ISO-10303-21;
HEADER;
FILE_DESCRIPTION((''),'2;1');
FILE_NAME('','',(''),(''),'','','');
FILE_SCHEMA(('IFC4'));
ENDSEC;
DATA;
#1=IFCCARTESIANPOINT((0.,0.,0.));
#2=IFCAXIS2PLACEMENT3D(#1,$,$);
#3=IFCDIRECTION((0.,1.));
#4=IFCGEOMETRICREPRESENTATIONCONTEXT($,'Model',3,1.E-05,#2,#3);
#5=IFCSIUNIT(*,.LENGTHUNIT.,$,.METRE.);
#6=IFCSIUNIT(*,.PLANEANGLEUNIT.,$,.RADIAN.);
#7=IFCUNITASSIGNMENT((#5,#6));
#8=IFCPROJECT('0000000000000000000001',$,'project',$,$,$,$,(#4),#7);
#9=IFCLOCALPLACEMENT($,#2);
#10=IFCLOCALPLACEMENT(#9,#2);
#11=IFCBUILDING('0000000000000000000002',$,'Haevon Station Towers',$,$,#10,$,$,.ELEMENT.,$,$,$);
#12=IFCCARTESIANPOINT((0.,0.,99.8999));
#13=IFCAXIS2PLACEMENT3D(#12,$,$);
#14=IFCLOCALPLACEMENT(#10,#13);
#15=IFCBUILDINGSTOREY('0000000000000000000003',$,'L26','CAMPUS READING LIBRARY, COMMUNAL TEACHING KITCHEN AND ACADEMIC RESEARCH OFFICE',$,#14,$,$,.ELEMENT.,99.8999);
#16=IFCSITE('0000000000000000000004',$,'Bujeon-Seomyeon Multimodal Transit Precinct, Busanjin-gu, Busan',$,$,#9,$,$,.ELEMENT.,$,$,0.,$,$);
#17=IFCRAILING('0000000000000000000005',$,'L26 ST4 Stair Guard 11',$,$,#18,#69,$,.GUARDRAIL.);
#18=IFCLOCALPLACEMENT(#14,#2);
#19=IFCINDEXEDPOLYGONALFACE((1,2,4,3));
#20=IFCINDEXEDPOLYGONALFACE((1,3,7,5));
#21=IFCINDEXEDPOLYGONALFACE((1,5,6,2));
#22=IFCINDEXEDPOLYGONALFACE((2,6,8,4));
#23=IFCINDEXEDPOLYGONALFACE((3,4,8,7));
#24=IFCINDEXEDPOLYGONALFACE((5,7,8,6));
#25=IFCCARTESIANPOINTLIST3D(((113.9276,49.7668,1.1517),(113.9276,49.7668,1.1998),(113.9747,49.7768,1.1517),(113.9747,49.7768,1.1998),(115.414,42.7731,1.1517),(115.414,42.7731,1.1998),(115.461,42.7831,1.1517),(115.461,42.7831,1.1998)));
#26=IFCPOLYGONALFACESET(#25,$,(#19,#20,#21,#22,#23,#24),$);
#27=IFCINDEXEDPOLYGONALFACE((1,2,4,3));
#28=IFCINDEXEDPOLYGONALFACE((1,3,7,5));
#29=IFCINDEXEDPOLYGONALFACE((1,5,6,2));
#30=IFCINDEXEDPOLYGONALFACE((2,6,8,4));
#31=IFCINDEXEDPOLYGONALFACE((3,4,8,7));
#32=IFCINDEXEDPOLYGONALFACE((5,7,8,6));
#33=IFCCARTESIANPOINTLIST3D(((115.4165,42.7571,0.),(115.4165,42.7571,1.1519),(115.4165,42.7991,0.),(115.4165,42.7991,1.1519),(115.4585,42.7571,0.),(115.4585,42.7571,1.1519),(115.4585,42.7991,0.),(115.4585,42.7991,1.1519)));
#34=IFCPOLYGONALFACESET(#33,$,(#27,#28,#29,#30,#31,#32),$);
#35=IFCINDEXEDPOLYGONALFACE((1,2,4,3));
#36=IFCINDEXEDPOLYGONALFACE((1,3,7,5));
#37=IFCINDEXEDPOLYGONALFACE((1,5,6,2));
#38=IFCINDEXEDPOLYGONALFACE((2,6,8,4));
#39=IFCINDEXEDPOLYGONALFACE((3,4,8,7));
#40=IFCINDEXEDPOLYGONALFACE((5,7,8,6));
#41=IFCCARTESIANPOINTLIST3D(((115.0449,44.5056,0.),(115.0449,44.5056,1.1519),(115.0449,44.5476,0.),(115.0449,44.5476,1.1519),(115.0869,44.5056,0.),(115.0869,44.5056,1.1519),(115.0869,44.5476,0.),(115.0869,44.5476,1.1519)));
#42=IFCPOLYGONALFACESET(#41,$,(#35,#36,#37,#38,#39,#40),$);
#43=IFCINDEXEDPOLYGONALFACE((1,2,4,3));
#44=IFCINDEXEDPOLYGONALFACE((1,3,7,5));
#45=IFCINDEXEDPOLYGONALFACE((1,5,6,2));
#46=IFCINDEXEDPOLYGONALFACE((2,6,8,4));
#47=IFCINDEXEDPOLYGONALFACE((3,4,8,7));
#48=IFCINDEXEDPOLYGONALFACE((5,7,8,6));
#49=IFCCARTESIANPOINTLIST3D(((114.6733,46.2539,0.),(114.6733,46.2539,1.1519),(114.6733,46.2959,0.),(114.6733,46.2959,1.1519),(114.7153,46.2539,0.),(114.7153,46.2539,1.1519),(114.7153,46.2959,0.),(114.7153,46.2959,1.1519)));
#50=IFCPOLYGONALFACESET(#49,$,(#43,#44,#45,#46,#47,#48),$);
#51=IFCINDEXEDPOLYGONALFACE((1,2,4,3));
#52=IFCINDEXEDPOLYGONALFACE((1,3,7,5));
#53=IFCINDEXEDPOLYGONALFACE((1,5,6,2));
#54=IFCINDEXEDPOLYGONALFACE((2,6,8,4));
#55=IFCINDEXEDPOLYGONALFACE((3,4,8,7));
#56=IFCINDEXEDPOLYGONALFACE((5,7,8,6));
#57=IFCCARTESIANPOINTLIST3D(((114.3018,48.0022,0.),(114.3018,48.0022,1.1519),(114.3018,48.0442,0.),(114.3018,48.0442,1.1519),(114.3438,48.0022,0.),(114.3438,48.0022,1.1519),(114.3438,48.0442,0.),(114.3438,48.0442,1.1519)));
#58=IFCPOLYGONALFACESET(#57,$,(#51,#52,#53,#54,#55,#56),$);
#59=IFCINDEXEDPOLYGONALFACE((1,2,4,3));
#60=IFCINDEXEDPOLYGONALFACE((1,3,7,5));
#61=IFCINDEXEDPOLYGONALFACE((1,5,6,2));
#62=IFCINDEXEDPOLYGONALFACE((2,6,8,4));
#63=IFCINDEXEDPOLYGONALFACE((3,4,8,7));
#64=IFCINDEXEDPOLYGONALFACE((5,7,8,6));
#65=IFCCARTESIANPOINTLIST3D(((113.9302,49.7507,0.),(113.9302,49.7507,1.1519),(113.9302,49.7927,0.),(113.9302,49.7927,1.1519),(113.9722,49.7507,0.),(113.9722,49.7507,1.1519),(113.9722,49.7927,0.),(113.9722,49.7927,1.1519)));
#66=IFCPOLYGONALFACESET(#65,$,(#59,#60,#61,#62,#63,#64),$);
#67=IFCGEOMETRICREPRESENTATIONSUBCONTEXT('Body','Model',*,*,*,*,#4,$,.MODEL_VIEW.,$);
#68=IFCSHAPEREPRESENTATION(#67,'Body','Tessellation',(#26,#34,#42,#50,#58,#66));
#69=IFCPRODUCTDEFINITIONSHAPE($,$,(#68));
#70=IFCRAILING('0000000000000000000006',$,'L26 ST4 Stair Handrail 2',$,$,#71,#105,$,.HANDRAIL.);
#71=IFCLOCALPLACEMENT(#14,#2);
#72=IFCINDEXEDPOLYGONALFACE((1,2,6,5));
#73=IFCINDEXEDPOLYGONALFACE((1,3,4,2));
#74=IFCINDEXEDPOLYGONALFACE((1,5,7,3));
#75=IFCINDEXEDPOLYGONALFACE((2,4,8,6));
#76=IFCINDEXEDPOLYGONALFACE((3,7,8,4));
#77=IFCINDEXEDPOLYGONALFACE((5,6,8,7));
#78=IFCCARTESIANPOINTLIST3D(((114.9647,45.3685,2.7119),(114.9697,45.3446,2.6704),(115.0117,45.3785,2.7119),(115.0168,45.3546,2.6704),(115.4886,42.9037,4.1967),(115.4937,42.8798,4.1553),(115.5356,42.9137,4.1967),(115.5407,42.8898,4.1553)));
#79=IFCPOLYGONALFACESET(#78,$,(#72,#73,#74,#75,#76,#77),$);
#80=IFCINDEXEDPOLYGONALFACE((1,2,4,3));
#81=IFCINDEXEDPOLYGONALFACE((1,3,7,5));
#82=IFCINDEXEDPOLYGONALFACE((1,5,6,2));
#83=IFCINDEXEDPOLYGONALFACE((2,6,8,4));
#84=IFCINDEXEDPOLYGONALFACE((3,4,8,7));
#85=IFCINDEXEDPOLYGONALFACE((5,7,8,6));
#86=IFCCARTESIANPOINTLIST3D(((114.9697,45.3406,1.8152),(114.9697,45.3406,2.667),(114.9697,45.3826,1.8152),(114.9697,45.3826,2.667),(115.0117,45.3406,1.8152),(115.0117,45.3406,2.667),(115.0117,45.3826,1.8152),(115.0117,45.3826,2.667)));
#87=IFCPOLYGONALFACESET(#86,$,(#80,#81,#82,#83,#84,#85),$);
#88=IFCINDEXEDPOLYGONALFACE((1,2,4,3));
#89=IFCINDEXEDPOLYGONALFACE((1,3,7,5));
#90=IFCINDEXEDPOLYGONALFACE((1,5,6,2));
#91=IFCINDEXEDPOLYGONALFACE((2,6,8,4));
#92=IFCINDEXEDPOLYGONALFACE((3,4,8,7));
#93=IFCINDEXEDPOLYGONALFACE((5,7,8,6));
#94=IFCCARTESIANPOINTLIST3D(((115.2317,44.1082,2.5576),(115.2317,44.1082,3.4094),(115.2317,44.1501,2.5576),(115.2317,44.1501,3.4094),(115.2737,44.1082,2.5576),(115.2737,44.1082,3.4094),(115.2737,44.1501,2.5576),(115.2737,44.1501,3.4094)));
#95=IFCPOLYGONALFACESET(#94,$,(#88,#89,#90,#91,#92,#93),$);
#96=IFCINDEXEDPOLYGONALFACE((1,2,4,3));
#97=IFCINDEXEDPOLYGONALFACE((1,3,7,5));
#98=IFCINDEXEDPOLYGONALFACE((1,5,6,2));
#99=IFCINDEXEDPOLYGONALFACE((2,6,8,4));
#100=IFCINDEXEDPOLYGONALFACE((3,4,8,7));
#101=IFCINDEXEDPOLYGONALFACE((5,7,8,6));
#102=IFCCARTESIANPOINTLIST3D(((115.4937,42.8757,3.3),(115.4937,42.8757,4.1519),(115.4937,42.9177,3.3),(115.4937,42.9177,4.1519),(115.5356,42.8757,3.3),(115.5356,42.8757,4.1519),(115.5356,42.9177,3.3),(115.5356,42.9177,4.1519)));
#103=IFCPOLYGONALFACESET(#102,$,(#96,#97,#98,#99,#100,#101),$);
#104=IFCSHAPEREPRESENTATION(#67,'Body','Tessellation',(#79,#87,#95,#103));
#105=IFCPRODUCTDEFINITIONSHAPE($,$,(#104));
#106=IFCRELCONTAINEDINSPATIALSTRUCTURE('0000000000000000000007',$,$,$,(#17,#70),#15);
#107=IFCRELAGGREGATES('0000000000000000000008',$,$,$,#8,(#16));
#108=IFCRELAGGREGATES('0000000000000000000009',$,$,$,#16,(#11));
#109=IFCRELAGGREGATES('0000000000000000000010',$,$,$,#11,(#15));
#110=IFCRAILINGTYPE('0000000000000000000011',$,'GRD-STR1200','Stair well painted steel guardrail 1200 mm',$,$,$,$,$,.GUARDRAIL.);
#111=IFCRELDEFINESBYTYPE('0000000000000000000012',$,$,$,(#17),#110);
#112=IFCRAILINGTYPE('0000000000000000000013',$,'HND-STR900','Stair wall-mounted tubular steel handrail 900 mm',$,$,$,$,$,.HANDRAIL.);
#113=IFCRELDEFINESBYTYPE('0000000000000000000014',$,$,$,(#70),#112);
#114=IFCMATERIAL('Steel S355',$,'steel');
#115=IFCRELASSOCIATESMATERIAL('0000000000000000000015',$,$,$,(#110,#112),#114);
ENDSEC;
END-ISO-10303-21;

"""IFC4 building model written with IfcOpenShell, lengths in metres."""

from ifc_helpers import new_model, si_unit, direction, frame, origin, origin_2d, place, context, subcontext, project, spatial, rectangle, extrude, material, type_object, element, save


model = new_model("IFC4")

# Units and contexts
model_context = context("Model", 3, precision=1e-05, world=origin(), true_north=direction((0.0, 1.0)))
body_context = subcontext(model_context, "Body", "Model", "MODEL_VIEW")
ifc_project = project(units=[si_unit("LENGTHUNIT", "METRE"), si_unit("PLANEANGLEUNIT", "RADIAN")], contexts=[model_context])

# Site, building, storey
site_placement = place(None, origin())
site = spatial("IfcSite", under=ifc_project, at=site_placement, Name="Bujeon-Seomyeon Multimodal Transit Precinct, Busanjin-gu, Busan", CompositionType="ELEMENT", RefElevation=0.0)
building_placement = place(site_placement, origin())
building = spatial("IfcBuilding", under=site, at=building_placement, Name="Haevon Station Towers", CompositionType="ELEMENT")
storey_placement = place(building_placement, frame((0.0, 0.0, 99.8999)))
storey = spatial("IfcBuildingStorey", under=building, at=storey_placement, Name="L26", Description="CAMPUS READING LIBRARY, COMMUNAL TEACHING KITCHEN AND ACADEMIC RESEARCH OFFICE", CompositionType="ELEMENT", Elevation=99.8999)

# Railings
ifc_material_1 = material(Name="Steel S355", Category="steel")
railing_type_1 = type_object("IfcRailingType", Name="GRD-STR1200", Description="Stair well painted steel guardrail 1200 mm", PredefinedType="GUARDRAIL", material=ifc_material_1)
railing_1_placement = place(storey_placement, frame((115.4375, 42.7781, 0.0)))
element("IfcRailing", 1, at=railing_1_placement, inside=storey, type_object=railing_type_1, Name="L26 ST4 Stair Guard 11", PredefinedType="GUARDRAIL", context=body_context, shape_type="SweptSolid", body=[
    extrude(rectangle(XDim=0.0481, YDim=0.0481, at=origin_2d()), frame((0.0, 0.0, 1.1758), z_axis=(-0.207882, 0.978154, 0.0), x_axis=(-0.978154, -0.207882, 0.0)), (0.0, 0.0, 1.0), 7.1499),
    extrude(rectangle(XDim=0.042, YDim=0.042, at=origin_2d()), origin(), (0.0, 0.0, 1.0), 1.1519),
    extrude(rectangle(XDim=0.042, YDim=0.042, at=origin_2d()), frame((-0.3716, 1.7485, 0.0)), (0.0, 0.0, 1.0), 1.1519),
    extrude(rectangle(XDim=0.042, YDim=0.042, at=origin_2d()), frame((-0.7432, 3.4968, 0.0)), (0.0, 0.0, 1.0), 1.1519),
    extrude(rectangle(XDim=0.042, YDim=0.042, at=origin_2d()), frame((-1.1147, 5.2451, 0.0)), (0.0, 0.0, 1.0), 1.1519),
    extrude(rectangle(XDim=0.042, YDim=0.042, at=origin_2d()), frame((-1.4863, 6.9937, 0.0)), (0.0, 0.0, 1.0), 1.1519),
])
railing_type_2 = type_object("IfcRailingType", Name="HND-STR900", Description="Stair wall-mounted tubular steel handrail 900 mm", PredefinedType="HANDRAIL", material=ifc_material_1)
railing_2_placement = place(storey_placement, frame((114.9907, 45.3616, 1.8152)))
element("IfcRailing", 2, at=railing_2_placement, inside=storey, type_object=railing_type_2, Name="L26 ST4 Stair Handrail 2", PredefinedType="HANDRAIL", context=body_context, shape_type="SweptSolid", body=[
    extrude(rectangle(XDim=0.0481, YDim=0.0481, at=origin_2d()), frame((0.0, 0.0, 0.876), z_axis=(0.179129, -0.842724, 0.507671), x_axis=(0.978147, 0.207914, 0.0)), (0.0, 0.0, 1.0), 2.9248),
    extrude(rectangle(XDim=0.042, YDim=0.042, at=origin_2d()), origin(), (0.0, 0.0, 1.0), 0.8518),
    extrude(rectangle(XDim=0.042, YDim=0.042, at=origin_2d()), frame((0.262, -1.2324, 0.7424)), (0.0, 0.0, 1.0), 0.8518),
    extrude(rectangle(XDim=0.042, YDim=0.042, at=origin_2d()), frame((0.5239, -2.4648, 1.4849)), (0.0, 0.0, 1.0), 0.8518),
])

save(model, "model.ifc")
